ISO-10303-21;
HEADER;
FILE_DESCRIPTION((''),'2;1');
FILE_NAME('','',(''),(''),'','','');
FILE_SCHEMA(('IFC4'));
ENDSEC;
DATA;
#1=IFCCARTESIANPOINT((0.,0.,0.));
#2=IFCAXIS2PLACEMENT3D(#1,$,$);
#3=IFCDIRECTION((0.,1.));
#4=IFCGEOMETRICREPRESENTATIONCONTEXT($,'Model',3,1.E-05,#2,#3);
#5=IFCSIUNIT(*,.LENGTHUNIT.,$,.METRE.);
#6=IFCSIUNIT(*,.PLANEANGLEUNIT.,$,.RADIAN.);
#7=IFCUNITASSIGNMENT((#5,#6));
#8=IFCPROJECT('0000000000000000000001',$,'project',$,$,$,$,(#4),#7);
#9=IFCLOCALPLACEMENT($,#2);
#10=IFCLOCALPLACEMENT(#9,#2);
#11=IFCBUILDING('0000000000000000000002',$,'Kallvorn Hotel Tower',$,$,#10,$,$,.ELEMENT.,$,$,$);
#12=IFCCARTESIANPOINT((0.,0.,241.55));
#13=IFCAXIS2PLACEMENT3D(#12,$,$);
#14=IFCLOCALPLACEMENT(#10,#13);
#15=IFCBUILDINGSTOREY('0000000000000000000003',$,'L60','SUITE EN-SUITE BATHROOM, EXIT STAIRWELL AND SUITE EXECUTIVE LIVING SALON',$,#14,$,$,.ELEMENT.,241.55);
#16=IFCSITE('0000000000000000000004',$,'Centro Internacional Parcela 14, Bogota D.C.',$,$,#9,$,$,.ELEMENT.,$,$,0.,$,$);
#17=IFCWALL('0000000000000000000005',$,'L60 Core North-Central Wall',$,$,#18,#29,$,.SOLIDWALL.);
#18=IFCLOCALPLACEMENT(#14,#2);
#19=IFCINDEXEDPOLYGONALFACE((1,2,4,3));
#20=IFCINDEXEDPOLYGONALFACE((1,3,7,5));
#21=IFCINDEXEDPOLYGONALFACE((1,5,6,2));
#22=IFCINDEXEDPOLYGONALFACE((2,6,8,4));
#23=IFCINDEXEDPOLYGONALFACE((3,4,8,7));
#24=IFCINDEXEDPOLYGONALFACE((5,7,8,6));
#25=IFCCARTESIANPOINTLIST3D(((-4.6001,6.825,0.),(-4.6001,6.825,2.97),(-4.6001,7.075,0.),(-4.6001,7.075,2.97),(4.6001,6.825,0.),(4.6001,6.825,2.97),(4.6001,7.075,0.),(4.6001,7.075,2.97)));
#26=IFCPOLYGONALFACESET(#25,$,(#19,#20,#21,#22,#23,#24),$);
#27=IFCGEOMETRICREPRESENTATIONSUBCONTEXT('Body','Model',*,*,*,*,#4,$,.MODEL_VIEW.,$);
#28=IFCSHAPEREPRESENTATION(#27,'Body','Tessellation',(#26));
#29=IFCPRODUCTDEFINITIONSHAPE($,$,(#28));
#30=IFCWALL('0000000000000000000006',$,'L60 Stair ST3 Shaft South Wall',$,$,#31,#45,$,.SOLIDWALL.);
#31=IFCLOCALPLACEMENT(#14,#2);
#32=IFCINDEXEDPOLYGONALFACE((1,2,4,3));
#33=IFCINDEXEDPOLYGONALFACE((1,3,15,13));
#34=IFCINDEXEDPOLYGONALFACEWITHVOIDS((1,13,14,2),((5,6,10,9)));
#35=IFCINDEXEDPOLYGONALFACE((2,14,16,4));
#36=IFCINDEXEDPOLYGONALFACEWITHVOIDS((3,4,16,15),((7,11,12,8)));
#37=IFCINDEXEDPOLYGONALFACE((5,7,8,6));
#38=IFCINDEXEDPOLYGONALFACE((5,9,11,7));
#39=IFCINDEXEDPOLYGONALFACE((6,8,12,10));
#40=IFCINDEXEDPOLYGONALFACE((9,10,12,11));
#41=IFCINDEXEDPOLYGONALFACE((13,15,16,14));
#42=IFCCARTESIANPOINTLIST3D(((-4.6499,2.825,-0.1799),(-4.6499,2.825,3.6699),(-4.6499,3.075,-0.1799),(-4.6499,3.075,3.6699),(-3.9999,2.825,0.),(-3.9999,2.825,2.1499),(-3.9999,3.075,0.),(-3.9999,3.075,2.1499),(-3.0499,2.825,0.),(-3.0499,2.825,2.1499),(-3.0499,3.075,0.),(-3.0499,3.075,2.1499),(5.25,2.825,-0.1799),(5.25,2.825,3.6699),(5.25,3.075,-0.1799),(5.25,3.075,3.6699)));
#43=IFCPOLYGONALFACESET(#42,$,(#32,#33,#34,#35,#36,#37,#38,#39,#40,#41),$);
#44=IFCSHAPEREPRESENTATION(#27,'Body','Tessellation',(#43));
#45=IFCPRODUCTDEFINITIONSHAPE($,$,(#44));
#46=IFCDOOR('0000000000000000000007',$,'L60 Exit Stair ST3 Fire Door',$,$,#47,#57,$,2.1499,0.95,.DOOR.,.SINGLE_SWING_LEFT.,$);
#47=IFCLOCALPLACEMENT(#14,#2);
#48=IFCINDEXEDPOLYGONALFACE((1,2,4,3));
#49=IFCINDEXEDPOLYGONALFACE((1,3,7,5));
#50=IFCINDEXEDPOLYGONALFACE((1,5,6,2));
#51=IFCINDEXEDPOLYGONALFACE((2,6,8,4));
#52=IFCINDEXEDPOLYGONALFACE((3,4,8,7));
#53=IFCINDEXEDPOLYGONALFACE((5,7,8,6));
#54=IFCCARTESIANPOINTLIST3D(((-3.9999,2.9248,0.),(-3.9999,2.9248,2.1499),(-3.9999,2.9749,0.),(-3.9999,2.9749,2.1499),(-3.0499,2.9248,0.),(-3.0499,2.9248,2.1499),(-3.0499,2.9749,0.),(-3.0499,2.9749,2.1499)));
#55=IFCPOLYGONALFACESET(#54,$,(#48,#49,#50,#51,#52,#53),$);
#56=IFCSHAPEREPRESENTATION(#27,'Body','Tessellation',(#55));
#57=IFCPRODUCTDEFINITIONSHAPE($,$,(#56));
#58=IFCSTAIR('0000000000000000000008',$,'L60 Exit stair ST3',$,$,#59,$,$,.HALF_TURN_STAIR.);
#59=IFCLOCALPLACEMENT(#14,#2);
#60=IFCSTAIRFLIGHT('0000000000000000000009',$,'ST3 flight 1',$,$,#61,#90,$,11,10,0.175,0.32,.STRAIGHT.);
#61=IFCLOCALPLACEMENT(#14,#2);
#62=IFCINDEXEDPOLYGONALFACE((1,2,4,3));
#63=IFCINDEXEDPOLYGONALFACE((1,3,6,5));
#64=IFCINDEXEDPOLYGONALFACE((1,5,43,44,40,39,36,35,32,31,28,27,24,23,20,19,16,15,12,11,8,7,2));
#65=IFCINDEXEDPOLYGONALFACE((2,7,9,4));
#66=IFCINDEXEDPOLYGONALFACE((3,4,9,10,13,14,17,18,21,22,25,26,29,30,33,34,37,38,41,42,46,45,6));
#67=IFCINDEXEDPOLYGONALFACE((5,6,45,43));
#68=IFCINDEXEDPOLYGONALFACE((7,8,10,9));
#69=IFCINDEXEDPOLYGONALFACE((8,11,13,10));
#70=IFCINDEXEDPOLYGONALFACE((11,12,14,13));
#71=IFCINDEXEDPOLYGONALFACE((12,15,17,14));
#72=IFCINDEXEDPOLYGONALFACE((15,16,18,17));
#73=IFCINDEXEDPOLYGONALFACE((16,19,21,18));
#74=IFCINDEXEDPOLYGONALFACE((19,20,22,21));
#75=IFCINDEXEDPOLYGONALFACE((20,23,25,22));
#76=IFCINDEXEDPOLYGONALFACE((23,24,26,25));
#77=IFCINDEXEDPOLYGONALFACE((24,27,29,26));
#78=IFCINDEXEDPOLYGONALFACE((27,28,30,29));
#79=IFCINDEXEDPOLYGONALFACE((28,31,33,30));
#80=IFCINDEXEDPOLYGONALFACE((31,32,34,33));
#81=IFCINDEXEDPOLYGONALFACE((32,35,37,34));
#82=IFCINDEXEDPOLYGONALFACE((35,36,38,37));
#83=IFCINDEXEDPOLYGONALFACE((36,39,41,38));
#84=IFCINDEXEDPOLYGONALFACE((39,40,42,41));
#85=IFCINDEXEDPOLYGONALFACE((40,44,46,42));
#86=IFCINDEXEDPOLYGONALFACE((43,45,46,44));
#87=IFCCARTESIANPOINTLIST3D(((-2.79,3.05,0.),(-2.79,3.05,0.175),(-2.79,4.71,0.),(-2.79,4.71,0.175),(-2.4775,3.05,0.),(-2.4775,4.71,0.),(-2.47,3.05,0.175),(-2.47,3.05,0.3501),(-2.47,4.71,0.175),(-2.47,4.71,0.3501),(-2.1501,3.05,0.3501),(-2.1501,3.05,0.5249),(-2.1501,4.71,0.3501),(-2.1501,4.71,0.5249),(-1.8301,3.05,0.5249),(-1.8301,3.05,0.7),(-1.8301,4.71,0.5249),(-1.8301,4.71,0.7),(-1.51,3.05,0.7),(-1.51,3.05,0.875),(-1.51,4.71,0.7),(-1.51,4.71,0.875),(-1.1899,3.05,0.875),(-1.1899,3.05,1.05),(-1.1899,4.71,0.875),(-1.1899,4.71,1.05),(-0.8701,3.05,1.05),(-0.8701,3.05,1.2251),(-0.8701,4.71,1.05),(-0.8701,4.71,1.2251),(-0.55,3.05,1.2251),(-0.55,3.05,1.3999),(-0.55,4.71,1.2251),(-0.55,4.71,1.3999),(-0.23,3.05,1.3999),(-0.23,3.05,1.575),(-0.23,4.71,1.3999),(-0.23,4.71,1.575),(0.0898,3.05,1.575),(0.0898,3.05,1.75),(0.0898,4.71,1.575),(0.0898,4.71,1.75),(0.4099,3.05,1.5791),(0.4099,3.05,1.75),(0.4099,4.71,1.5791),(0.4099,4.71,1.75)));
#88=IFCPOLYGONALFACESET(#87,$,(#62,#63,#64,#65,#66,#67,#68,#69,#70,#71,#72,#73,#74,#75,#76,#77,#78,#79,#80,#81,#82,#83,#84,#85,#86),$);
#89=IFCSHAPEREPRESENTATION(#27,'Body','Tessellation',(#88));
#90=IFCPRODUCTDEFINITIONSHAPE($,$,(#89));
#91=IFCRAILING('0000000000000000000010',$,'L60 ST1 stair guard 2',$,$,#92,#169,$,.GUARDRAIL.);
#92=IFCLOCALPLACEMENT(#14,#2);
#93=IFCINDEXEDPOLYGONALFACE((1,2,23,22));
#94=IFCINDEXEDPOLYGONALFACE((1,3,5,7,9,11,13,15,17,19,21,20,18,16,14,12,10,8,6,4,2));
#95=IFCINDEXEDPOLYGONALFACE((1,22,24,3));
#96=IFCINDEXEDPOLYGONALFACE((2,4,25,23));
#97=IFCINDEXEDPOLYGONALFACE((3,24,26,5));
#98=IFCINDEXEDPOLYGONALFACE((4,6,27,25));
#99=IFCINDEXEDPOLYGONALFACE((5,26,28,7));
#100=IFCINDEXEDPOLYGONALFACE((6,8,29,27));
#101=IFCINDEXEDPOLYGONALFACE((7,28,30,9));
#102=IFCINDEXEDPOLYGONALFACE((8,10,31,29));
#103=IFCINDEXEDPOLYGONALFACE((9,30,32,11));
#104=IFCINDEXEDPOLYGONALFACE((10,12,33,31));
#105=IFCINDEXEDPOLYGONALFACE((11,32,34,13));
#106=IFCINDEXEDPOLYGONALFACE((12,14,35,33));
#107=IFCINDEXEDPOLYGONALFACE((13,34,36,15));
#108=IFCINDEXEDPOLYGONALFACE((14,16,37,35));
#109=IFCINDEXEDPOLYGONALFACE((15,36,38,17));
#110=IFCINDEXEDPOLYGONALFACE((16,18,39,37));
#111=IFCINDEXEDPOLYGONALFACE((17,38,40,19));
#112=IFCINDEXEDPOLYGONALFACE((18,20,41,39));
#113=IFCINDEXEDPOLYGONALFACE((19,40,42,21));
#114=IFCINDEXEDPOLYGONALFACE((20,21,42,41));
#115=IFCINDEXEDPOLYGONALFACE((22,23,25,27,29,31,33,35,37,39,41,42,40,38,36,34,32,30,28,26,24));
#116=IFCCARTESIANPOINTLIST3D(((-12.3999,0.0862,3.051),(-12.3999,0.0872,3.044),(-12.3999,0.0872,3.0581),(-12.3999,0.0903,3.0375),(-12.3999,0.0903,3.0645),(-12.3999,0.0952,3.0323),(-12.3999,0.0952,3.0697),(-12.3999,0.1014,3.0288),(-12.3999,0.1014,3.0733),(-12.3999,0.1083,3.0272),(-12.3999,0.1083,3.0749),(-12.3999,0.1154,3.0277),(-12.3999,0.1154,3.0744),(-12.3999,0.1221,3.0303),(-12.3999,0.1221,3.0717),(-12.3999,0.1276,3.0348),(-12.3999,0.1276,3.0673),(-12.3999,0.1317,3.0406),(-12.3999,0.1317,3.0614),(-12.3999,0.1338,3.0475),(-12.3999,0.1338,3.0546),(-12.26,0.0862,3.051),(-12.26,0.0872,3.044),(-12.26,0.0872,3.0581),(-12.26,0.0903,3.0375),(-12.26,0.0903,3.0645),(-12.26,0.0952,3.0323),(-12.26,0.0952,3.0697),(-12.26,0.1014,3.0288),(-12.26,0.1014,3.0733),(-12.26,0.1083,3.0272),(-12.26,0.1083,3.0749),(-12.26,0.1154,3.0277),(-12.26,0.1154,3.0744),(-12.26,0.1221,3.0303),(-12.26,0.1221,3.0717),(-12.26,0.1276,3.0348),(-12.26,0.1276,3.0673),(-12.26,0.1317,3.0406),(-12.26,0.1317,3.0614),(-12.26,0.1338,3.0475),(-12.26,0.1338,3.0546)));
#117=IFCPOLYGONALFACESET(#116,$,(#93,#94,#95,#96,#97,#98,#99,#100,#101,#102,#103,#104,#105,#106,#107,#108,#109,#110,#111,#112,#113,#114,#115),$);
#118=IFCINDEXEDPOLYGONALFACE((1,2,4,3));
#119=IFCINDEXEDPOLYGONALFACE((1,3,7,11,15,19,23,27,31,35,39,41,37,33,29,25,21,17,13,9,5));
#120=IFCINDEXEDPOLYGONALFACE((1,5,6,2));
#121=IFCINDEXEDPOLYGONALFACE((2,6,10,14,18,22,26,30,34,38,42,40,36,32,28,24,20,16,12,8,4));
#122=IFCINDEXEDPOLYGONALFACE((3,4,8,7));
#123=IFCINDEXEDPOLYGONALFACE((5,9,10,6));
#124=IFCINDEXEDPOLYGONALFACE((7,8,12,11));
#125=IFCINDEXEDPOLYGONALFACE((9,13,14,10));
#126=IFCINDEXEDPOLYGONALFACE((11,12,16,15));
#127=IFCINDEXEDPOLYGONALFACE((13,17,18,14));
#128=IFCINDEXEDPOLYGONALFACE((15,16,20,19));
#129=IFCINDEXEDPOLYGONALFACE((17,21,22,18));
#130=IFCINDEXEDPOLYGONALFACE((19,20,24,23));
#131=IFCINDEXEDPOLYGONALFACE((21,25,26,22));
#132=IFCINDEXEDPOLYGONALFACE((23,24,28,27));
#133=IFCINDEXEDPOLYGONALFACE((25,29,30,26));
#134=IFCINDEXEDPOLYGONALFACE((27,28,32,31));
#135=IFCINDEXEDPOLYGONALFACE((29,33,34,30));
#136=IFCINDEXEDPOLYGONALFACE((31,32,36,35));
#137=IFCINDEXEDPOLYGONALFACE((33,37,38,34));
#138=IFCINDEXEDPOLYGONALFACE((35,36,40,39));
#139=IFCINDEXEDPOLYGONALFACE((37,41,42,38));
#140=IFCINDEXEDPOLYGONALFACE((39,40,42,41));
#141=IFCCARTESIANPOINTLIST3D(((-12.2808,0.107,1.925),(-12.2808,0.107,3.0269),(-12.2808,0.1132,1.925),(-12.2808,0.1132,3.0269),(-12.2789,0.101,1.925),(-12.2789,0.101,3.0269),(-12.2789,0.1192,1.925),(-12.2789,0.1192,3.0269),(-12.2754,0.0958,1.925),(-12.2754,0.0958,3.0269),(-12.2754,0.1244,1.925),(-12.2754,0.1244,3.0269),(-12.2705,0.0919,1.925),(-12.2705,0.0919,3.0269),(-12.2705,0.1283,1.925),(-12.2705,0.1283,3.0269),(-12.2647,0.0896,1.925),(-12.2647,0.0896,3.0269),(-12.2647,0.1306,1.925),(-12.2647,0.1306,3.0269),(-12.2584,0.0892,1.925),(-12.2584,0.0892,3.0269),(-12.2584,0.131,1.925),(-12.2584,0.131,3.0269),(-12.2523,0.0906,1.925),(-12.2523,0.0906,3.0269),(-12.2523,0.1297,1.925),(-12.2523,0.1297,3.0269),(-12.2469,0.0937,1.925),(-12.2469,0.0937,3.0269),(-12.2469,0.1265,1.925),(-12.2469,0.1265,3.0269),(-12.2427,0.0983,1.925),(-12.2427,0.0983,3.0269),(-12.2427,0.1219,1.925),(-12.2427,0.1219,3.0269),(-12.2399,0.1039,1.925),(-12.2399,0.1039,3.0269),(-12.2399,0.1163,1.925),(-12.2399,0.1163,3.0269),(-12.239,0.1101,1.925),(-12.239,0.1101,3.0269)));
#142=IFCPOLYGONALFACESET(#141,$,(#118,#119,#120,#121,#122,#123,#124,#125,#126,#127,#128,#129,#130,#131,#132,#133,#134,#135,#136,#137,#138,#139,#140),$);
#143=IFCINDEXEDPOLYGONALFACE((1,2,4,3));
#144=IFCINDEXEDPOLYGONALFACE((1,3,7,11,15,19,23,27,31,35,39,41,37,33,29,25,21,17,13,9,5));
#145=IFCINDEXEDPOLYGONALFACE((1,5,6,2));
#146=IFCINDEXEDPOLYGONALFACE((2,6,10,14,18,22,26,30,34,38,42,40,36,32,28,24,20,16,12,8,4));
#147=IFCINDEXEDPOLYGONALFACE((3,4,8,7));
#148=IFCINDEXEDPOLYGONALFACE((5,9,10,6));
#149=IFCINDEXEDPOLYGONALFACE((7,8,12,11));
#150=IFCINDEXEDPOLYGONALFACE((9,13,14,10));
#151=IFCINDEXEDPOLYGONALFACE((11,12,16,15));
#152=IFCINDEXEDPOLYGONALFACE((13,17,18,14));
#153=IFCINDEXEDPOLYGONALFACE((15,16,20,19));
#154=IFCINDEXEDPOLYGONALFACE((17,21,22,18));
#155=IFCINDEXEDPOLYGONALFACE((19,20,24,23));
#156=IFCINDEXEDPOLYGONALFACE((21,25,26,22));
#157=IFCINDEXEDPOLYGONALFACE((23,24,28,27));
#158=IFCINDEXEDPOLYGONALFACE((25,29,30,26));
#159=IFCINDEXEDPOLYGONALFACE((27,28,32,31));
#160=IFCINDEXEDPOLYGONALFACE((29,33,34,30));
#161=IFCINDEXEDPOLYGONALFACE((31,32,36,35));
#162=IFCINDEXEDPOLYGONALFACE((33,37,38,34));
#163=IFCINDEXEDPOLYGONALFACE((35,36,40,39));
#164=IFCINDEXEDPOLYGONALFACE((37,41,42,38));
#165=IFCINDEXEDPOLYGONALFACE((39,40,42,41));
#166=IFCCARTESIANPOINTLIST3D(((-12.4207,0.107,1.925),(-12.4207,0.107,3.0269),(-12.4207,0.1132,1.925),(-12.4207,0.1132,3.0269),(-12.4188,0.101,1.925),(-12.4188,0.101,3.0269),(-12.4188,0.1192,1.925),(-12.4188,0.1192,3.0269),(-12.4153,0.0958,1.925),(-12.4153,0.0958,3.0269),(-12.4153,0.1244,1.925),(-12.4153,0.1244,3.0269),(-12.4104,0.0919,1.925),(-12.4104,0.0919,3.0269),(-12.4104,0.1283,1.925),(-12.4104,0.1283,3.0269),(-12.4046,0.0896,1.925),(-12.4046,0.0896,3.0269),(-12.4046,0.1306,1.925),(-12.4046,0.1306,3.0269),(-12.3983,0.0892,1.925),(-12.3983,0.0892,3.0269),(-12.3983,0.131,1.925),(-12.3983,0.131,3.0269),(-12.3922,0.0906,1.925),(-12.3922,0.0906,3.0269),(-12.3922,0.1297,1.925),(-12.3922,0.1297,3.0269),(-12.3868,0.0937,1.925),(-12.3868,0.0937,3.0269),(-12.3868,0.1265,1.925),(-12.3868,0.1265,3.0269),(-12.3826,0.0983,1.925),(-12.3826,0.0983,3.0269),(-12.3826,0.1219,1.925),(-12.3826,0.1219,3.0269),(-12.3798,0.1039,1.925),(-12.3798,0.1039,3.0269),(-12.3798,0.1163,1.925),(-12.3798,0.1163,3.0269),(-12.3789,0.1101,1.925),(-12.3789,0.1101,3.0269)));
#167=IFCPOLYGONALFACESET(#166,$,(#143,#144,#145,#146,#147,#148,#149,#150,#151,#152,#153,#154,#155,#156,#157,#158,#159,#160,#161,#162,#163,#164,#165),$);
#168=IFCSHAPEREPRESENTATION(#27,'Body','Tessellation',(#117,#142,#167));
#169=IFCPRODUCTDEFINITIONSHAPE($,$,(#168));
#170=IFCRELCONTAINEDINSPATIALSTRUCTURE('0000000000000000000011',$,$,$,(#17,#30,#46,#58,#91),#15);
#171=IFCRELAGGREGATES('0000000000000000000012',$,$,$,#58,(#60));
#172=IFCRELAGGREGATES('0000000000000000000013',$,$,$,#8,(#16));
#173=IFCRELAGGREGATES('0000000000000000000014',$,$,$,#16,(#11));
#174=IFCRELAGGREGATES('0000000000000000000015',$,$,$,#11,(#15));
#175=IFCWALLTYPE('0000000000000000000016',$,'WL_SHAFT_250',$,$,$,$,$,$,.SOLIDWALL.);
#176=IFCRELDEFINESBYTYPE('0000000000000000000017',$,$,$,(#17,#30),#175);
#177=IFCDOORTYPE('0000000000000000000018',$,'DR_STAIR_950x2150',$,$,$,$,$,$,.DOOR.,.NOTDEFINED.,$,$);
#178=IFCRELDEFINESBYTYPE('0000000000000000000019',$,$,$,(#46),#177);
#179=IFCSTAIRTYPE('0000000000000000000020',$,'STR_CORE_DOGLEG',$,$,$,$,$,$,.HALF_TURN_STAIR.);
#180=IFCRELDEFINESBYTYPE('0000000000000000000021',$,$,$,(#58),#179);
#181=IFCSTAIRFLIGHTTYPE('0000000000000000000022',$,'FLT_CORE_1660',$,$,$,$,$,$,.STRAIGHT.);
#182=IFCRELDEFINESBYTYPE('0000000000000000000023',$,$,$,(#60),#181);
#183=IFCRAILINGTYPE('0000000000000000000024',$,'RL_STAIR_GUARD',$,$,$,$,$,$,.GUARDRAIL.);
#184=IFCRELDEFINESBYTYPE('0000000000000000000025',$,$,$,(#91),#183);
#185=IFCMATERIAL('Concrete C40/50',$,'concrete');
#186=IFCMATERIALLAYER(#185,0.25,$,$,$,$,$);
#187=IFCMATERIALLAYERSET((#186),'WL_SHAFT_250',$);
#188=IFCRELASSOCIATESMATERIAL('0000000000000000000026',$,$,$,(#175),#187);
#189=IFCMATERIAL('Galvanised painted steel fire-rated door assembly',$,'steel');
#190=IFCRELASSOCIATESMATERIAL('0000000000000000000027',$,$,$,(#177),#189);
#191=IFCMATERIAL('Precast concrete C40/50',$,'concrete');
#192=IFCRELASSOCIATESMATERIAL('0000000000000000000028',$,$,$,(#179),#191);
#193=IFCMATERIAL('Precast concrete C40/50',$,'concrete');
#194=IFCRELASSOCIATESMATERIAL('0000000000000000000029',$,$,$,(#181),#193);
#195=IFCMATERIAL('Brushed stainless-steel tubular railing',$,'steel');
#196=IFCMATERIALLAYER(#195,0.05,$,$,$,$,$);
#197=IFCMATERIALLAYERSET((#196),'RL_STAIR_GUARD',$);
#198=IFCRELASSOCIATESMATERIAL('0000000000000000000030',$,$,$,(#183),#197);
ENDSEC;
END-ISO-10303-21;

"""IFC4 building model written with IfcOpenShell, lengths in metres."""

from ifc_helpers import new_model, si_unit, direction, frame, frame_2d, origin, origin_2d, place, context, subcontext, project, spatial, polyline, rectangle, circle, outline, extrude, material, layer, layer_set, type_object, element, fill, aggregate, save


model = new_model("IFC4")

# Units and contexts
model_context = context("Model", 3, precision=1e-05, world=origin(), true_north=direction((0.0, 1.0)))
body_context = subcontext(model_context, "Body", "Model", "MODEL_VIEW")
ifc_project = project(units=[si_unit("LENGTHUNIT", "METRE"), si_unit("PLANEANGLEUNIT", "RADIAN")], contexts=[model_context])

# Site, building, storey
site_placement = place(None, origin())
site = spatial("IfcSite", under=ifc_project, at=site_placement, Name="Centro Internacional Parcela 14, Bogota D.C.", CompositionType="ELEMENT", RefElevation=0.0)
building_placement = place(site_placement, origin())
building = spatial("IfcBuilding", under=site, at=building_placement, Name="Kallvorn Hotel Tower", CompositionType="ELEMENT")
storey_placement = place(building_placement, frame((0.0, 0.0, 241.55)))
storey = spatial("IfcBuildingStorey", under=building, at=storey_placement, Name="L60", Description="SUITE EN-SUITE BATHROOM, EXIT STAIRWELL AND SUITE EXECUTIVE LIVING SALON", CompositionType="ELEMENT", Elevation=241.55)

# Shared definitions
ifc_material_1 = material(Name="Concrete C40/50", Category="concrete")
ifc_layer_1 = layer(ifc_material_1, 0.25)
ifc_layer_set_1 = layer_set([ifc_layer_1], Name="WL_SHAFT_250")
wall_type_1 = type_object("IfcWallType", Name="WL_SHAFT_250", PredefinedType="SOLIDWALL", material=ifc_layer_set_1)

# Wall
wall_1_placement = place(storey_placement, frame((-4.6001, 6.95, 0.0), z_axis=(0.0, 0.0, 1.0), x_axis=(1.0, 0.0, 0.0)))
element("IfcWall", 1, at=wall_1_placement, inside=storey, type_object=wall_type_1, Name="L60 Core North-Central Wall", PredefinedType="SOLIDWALL", context=body_context, shape_type="SweptSolid", body=[
    extrude(rectangle(XDim=9.2002, YDim=0.25, at=frame_2d((4.6001, 0.0))), origin(), (0.0, 0.0, 1.0), 2.97),
])

# Wall, opening, door
wall_2_placement = place(storey_placement, frame((-4.6499, 2.95, -0.1799), z_axis=(0.0, 0.0, 1.0), x_axis=(1.0, 0.0, 0.0)))
wall_2 = element("IfcWall", 2, at=wall_2_placement, inside=storey, type_object=wall_type_1, Name="L60 Stair ST3 Shaft South Wall", PredefinedType="SOLIDWALL", context=body_context, shape_type="SweptSolid", body=[
    extrude(rectangle(XDim=9.8999, YDim=0.25, at=frame_2d((4.95, 0.0))), origin(), (0.0, 0.0, 1.0), 3.8499),
])
opening_1_placement = place(wall_2_placement, frame((0.6499, 0.0, 0.1799)))
opening_1 = element("IfcOpeningElement", 3, at=opening_1_placement, cuts=wall_2, PredefinedType="OPENING", context=body_context, shape_type="SweptSolid", body=[
    extrude(rectangle(XDim=0.95, YDim=2.1499, at=frame_2d((0.4751, 1.075))), frame((0.0, 0.1399, 0.0), z_axis=(0.0, -1.0, 0.0), x_axis=(1.0, 0.0, 0.0)), (0.0, 0.0, 1.0), 0.28),
])
ifc_material_2 = material(Name="Galvanised painted steel fire-rated door assembly", Category="steel")
door_type_1 = type_object("IfcDoorType", Name="DR_STAIR_950x2150", OperationType="NOTDEFINED", PredefinedType="DOOR", material=ifc_material_2)
door_1_placement = place(opening_1_placement, origin())
door_1 = element("IfcDoor", 4, at=door_1_placement, inside=storey, type_object=door_type_1, Name="L60 Exit Stair ST3 Fire Door", OperationType="SINGLE_SWING_LEFT", OverallHeight=2.1499, OverallWidth=0.95, PredefinedType="DOOR", context=body_context, shape_type="SweptSolid", body=[
    extrude(rectangle(XDim=0.95, YDim=2.1499, at=frame_2d((0.4751, 1.075))), frame((0.0, 0.0249, 0.0), z_axis=(0.0, -1.0, 0.0), x_axis=(1.0, 0.0, 0.0)), (0.0, 0.0, 1.0), 0.05),
])
fill(opening_1, door_1)

# Stair, stair flight
ifc_material_3 = material(Name="Precast concrete C40/50", Category="concrete")
stair_type = type_object("IfcStairType", Name="STR_CORE_DOGLEG", PredefinedType="HALF_TURN_STAIR", material=ifc_material_3)
stair_placement = place(storey_placement, origin())
stair = element("IfcStair", 5, at=stair_placement, inside=storey, type_object=stair_type, Name="L60 Exit stair ST3", PredefinedType="HALF_TURN_STAIR")
ifc_material_4 = material(Name="Precast concrete C40/50", Category="concrete")
stair_flight_type = type_object("IfcStairFlightType", Name="FLT_CORE_1660", PredefinedType="STRAIGHT", material=ifc_material_4)
stair_flight_placement = place(storey_placement, frame((-2.79, 3.8799, 0.0), z_axis=(0.0, 0.0, 1.0), x_axis=(1.0, 0.0, 0.0)))
stair_flight = element("IfcStairFlight", 6, at=stair_flight_placement, type_object=stair_flight_type, Name="ST3 flight 1", NumberOfRisers=11, NumberOfTreads=10, PredefinedType="STRAIGHT", RiserHeight=0.175, TreadLength=0.32, context=body_context, shape_type="SweptSolid", body=[
    extrude(outline(polyline([(0.0, 0.0), (0.0, 0.175), (0.3201, 0.175), (0.3201, 0.3501), (0.6399, 0.3501), (0.6399, 0.5249), (0.96, 0.5249), (0.96, 0.7), (1.28, 0.7), (1.28, 0.875), (1.6001, 0.875), (1.6001, 1.05), (1.9199, 1.05), (1.9199, 1.2251), (2.24, 1.2251), (2.24, 1.3999), (2.5601, 1.3999), (2.5601, 1.575), (2.8799, 1.575), (2.8799, 1.75), (3.2, 1.75), (3.2, 1.925), (3.2, 1.5791), (0.3125, 0.0), (0.0, 0.0)])), frame((0.0, 0.8301, 0.0), z_axis=(0.0, -1.0, 0.0), x_axis=(1.0, 0.0, 0.0)), (0.0, 0.0, 1.0), 1.6599),
])
aggregate(stair, [stair_flight])

# Railing
ifc_material_5 = material(Name="Brushed stainless-steel tubular railing", Category="steel")
ifc_layer_2 = layer(ifc_material_5, 0.05)
ifc_layer_set_2 = layer_set([ifc_layer_2], Name="RL_STAIR_GUARD")
railing_type_1 = type_object("IfcRailingType", Name="RL_STAIR_GUARD", PredefinedType="GUARDRAIL", material=ifc_layer_set_2)
railing_1_placement = place(storey_placement, frame((-12.26, 0.1101, 1.925)))
element("IfcRailing", 7, at=railing_1_placement, inside=storey, type_object=railing_type_1, Name="L60 ST1 stair guard 2", PredefinedType="GUARDRAIL", context=body_context, shape_type="SweptSolid", body=[
    extrude(circle(Radius=0.0239, at=origin_2d()), frame((0.0, 0.0, 1.126), z_axis=(-1.0, 0.0, 0.0), x_axis=(0.0, -1.0, 0.0)), (0.0, 0.0, 1.0), 0.1399),
    extrude(circle(Radius=0.021, at=origin_2d()), origin(), (0.0, 0.0, 1.0), 1.1018),
    extrude(circle(Radius=0.021, at=origin_2d()), frame((-0.1399, 0.0, 0.0)), (0.0, 0.0, 1.0), 1.1018),
])

save(model, "model.ifc")
